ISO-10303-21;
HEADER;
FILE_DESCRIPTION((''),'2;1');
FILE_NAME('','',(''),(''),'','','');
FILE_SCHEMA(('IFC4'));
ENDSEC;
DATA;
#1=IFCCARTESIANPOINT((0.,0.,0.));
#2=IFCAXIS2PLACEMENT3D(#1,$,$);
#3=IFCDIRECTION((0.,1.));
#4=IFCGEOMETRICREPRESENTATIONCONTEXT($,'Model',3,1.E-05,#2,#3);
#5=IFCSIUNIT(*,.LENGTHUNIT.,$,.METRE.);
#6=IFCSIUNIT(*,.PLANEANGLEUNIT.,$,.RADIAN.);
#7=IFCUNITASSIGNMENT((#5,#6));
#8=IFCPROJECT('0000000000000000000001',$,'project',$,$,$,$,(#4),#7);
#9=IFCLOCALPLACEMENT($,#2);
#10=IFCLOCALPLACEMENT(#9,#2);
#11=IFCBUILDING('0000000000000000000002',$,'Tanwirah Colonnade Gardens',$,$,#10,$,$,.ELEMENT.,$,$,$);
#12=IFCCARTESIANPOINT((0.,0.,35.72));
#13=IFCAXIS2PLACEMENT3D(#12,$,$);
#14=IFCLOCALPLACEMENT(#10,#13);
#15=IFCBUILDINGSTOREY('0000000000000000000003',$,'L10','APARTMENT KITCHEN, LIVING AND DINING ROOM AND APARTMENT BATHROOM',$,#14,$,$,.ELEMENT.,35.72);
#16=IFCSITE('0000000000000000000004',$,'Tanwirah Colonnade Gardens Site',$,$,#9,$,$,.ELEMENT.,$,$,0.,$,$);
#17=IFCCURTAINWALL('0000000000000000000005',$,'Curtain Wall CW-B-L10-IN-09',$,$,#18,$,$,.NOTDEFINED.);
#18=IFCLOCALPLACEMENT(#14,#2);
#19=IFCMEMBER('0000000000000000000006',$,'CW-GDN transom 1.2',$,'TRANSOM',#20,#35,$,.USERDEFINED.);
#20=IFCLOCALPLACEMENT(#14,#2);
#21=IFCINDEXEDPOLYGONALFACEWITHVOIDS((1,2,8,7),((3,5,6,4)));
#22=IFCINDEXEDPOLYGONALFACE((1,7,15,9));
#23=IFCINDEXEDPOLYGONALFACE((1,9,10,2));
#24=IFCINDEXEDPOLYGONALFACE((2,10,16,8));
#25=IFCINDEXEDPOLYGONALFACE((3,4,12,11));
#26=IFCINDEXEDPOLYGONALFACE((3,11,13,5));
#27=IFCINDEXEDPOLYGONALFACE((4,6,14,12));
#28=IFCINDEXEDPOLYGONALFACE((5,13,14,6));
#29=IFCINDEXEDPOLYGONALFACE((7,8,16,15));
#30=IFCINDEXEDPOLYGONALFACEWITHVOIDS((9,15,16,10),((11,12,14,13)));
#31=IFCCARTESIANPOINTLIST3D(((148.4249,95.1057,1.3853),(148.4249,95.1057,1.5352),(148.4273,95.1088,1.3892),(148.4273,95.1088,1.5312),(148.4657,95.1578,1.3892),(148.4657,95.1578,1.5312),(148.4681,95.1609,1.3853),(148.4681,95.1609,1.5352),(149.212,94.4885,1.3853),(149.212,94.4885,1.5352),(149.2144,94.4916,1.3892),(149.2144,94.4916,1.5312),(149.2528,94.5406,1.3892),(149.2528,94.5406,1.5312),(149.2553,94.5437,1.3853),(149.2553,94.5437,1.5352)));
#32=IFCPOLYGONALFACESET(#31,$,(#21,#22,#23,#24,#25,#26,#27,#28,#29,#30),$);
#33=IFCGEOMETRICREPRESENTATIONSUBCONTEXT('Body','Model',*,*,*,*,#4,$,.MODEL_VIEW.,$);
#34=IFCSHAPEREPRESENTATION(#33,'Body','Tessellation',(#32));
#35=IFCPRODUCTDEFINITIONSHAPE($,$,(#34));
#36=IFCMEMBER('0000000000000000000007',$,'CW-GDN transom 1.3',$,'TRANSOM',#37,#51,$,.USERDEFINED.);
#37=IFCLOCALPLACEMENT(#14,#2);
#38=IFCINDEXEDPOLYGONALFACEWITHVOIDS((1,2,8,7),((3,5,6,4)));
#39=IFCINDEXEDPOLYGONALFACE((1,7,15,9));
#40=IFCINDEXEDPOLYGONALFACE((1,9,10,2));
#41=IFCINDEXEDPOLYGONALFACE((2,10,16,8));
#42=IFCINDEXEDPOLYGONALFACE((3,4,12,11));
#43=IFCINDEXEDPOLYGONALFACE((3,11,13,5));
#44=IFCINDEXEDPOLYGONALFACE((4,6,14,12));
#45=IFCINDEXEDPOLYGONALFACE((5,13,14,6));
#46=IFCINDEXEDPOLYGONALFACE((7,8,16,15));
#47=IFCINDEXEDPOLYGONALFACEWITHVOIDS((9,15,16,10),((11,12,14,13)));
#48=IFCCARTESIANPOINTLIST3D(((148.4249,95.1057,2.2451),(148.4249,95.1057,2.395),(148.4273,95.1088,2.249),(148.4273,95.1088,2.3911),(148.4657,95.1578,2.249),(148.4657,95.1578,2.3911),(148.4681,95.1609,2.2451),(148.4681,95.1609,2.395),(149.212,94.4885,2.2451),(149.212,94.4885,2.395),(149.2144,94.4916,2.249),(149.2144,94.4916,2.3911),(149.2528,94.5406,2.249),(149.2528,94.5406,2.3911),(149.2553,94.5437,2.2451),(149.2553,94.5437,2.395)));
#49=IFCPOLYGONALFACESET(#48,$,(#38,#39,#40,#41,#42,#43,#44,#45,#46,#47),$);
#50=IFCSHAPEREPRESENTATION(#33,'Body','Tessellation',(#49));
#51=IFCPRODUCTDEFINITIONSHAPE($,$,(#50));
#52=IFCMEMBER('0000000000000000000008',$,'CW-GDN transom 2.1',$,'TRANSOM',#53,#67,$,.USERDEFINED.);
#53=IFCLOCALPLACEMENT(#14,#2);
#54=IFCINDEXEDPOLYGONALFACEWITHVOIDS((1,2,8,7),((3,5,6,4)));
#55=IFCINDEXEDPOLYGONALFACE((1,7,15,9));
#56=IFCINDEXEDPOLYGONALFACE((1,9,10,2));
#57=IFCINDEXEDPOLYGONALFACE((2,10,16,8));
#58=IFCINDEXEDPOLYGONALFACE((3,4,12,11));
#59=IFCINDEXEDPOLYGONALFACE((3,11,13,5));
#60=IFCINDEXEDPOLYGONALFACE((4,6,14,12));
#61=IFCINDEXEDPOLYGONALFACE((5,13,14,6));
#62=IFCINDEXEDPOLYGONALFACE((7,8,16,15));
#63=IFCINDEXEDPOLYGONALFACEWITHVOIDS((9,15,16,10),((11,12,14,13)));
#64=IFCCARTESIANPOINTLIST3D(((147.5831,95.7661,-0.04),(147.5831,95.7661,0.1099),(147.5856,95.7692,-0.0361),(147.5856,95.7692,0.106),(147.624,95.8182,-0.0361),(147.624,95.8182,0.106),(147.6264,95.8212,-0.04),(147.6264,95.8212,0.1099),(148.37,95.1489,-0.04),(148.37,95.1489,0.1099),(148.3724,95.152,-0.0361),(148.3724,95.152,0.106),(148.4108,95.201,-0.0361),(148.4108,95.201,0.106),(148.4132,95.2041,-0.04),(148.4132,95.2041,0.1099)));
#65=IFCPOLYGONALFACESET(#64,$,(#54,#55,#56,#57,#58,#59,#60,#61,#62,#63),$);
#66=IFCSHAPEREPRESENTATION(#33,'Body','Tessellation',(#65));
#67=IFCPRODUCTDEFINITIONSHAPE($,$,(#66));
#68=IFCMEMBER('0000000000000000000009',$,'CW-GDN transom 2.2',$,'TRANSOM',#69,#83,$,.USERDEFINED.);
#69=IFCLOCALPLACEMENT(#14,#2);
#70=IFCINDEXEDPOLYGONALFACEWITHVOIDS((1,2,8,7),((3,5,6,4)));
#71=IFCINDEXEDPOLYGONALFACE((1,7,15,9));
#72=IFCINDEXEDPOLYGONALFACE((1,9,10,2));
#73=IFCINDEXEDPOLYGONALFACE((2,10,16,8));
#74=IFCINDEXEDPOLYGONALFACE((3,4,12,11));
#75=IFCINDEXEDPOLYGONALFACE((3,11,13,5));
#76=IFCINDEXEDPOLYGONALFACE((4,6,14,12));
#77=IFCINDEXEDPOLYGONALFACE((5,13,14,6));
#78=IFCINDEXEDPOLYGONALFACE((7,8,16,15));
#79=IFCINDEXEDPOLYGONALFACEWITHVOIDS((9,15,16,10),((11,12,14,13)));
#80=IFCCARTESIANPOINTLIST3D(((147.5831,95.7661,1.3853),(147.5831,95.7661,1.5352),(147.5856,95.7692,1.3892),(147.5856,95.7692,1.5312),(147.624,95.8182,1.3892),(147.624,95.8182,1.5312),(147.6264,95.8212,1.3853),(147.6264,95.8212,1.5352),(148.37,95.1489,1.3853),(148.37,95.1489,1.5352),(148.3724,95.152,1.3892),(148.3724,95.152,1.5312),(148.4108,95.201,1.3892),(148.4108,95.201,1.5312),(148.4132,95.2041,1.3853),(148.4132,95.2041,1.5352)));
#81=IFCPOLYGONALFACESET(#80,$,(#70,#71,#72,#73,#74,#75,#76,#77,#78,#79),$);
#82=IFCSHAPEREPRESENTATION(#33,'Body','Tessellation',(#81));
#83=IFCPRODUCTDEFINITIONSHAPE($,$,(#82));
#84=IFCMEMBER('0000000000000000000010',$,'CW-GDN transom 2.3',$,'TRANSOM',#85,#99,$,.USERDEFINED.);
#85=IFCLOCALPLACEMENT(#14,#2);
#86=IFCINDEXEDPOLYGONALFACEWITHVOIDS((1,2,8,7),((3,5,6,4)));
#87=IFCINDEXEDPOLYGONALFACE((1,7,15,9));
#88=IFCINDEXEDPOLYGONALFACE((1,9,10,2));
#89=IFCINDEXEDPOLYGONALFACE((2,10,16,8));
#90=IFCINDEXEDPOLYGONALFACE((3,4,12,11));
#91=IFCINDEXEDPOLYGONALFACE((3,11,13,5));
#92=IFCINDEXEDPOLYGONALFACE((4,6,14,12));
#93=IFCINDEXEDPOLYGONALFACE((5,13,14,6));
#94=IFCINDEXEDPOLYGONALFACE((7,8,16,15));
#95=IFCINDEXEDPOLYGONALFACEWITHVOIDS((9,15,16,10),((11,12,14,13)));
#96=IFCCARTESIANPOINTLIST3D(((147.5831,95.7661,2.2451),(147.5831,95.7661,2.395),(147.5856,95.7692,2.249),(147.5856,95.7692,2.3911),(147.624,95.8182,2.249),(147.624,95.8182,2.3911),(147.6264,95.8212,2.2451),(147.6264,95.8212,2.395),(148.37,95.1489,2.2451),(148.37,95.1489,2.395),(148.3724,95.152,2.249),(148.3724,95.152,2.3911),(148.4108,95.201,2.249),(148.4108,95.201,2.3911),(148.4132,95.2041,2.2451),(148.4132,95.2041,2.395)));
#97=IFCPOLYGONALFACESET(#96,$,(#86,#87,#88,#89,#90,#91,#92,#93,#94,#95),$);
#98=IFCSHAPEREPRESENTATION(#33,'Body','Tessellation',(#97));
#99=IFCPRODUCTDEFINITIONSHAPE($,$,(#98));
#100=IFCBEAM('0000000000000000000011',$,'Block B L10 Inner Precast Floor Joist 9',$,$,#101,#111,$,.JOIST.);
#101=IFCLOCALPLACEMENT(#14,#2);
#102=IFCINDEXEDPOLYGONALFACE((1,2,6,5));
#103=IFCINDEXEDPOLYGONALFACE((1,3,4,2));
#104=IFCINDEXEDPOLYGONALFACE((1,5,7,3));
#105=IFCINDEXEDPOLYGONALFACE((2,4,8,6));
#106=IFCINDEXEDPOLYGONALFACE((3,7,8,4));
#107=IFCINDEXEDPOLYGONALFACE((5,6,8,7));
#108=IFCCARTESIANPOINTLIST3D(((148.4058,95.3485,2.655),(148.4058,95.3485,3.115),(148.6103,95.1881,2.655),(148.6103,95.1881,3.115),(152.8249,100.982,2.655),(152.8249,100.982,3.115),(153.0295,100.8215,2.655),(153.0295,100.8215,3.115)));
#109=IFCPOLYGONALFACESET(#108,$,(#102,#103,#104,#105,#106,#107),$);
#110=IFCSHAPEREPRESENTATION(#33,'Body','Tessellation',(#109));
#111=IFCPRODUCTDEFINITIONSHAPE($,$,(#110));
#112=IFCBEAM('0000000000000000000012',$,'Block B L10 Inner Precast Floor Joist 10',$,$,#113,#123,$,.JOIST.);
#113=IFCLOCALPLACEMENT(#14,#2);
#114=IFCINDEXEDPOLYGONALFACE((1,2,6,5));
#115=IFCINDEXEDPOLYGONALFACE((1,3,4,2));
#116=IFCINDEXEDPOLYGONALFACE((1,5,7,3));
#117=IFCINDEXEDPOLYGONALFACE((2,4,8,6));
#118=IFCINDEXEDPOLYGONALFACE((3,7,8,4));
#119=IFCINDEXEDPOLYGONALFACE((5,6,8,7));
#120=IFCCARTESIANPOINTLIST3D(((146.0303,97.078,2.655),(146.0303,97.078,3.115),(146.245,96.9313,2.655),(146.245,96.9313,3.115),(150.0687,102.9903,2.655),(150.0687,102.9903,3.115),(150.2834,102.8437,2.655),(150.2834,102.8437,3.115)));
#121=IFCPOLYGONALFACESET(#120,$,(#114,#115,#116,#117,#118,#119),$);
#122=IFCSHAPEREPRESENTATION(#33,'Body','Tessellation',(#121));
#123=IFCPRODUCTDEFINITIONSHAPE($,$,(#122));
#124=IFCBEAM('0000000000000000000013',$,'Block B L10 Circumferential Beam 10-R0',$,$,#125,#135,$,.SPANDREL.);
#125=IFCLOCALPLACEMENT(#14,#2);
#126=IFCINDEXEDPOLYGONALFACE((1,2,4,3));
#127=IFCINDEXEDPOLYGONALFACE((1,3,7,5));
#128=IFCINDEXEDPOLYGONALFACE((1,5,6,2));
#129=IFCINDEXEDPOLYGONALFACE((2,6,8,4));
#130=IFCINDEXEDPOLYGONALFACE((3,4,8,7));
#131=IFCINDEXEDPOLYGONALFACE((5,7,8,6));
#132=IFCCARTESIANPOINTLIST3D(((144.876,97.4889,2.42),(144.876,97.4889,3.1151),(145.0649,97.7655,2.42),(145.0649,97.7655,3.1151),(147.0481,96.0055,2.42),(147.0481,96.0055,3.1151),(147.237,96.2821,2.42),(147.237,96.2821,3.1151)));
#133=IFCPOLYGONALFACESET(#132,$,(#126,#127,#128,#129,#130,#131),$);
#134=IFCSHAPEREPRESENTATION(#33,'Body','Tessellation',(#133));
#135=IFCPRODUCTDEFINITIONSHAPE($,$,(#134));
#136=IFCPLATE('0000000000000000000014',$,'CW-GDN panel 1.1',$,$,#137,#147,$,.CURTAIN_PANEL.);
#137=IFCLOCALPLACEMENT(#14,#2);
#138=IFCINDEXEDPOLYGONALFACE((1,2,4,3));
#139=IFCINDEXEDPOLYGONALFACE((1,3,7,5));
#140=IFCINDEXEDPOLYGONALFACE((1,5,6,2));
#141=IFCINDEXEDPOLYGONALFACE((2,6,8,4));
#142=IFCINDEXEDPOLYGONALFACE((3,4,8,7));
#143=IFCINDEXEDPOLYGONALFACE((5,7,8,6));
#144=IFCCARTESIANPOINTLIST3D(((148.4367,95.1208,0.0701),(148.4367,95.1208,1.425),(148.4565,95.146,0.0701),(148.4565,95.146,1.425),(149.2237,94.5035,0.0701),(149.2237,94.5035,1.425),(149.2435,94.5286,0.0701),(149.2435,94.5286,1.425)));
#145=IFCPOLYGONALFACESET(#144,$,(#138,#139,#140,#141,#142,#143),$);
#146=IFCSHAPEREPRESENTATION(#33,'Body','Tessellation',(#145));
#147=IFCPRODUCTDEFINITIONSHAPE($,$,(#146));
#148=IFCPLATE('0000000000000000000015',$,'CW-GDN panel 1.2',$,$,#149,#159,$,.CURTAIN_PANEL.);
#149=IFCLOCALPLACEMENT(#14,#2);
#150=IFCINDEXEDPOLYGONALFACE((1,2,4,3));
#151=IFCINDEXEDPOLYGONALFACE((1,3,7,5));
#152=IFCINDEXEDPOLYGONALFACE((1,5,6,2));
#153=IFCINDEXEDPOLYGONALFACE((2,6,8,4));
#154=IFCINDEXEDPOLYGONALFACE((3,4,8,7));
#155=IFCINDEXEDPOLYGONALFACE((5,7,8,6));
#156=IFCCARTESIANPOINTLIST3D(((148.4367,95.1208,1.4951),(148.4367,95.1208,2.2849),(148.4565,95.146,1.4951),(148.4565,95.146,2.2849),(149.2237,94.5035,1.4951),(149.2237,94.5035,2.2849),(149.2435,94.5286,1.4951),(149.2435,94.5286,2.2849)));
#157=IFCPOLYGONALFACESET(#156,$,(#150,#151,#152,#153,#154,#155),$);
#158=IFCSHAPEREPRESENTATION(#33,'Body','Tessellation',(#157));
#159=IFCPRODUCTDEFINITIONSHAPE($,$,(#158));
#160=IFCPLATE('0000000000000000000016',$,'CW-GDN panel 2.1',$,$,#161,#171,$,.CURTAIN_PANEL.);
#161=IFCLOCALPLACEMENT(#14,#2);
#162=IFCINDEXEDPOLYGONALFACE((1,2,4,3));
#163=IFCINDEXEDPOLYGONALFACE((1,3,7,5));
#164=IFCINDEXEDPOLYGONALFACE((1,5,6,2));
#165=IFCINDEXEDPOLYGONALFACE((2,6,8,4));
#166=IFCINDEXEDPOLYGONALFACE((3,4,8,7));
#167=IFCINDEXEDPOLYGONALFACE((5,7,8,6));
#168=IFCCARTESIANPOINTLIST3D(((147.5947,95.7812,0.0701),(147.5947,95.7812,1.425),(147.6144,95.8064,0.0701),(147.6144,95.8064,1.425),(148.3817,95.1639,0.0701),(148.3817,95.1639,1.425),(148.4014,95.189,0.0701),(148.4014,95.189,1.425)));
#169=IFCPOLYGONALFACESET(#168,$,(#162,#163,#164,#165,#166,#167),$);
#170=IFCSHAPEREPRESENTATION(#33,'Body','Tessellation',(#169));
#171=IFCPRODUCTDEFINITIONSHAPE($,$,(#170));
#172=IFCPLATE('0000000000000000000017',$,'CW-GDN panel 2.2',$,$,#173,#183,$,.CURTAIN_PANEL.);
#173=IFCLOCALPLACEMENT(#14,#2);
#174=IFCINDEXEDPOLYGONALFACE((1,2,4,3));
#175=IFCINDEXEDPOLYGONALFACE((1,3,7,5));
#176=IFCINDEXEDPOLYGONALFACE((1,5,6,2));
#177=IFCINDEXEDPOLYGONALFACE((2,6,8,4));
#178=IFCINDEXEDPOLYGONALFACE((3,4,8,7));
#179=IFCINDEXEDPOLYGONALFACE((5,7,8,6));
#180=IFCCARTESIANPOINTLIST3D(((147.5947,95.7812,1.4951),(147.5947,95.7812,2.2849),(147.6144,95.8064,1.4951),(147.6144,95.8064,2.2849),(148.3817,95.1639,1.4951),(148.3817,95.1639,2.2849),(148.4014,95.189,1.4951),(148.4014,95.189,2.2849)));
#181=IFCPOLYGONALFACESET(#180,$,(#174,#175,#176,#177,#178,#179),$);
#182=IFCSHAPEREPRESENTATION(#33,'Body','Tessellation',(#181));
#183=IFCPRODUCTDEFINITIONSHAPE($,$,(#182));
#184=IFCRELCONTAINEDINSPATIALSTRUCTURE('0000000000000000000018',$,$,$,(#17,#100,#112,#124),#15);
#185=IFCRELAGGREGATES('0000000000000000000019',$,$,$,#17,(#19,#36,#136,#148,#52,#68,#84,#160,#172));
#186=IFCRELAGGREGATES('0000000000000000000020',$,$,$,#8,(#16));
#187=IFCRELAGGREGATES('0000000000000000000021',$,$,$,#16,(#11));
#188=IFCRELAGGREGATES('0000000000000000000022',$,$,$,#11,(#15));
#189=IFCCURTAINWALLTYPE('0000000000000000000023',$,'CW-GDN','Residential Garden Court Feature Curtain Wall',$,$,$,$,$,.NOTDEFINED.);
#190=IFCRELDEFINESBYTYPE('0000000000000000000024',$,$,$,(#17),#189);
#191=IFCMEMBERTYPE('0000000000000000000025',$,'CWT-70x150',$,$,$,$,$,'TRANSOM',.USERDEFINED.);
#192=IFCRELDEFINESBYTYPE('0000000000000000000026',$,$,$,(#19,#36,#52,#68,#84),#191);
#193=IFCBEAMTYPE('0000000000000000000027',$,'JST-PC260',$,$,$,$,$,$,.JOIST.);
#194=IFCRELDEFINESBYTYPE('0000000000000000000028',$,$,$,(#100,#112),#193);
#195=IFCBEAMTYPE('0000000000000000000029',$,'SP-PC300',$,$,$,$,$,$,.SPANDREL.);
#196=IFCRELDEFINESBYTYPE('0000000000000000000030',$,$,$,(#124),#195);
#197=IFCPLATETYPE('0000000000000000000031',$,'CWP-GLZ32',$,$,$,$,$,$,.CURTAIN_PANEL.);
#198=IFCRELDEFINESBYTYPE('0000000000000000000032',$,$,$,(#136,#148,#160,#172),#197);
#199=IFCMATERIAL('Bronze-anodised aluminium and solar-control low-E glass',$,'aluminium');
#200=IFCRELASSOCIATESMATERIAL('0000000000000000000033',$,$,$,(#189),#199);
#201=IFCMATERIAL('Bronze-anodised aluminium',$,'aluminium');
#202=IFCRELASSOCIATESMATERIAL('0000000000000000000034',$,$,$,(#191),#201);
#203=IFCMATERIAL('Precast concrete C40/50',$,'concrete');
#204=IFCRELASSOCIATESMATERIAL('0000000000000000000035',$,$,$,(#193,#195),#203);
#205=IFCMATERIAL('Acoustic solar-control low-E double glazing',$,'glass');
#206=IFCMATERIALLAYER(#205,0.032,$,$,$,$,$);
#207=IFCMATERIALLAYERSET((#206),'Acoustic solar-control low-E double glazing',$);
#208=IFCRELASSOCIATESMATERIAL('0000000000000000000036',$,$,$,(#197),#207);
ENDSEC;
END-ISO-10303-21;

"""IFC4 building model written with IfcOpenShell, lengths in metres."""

from ifc_helpers import new_model, si_unit, direction, frame, origin, origin_2d, place, context, subcontext, project, spatial, rectangle, hollow_rectangle, extrude, material, layer, layer_set, material_profile, profile_set, type_object, element, aggregate, save


model = new_model("IFC4")

# Units and contexts
model_context = context("Model", 3, precision=1e-05, world=origin(), true_north=direction((0.0, 1.0)))
body_context = subcontext(model_context, "Body", "Model", "MODEL_VIEW")
ifc_project = project(units=[si_unit("LENGTHUNIT", "METRE"), si_unit("PLANEANGLEUNIT", "RADIAN")], contexts=[model_context])

# Site, building, storey
site_placement = place(None, origin())
site = spatial("IfcSite", under=ifc_project, at=site_placement, Name="Tanwirah Colonnade Gardens Site", CompositionType="ELEMENT", RefElevation=0.0)
building_placement = place(site_placement, origin())
building = spatial("IfcBuilding", under=site, at=building_placement, Name="Tanwirah Colonnade Gardens", CompositionType="ELEMENT")
storey_placement = place(building_placement, frame((0.0, 0.0, 35.72)))
storey = spatial("IfcBuildingStorey", under=building, at=storey_placement, Name="L10", Description="APARTMENT KITCHEN, LIVING AND DINING ROOM AND APARTMENT BATHROOM", CompositionType="ELEMENT", Elevation=35.72)

# Shared definitions
ifc_material_1 = material(Name="Precast concrete C40/50", Category="concrete")

# Curtain wall, members
ifc_material_2 = material(Name="Bronze-anodised aluminium and solar-control low-E glass", Category="aluminium")
curtain_wall_type = type_object("IfcCurtainWallType", Name="CW-GDN", Description="Residential Garden Court Feature Curtain Wall", PredefinedType="NOTDEFINED", material=ifc_material_2)
curtain_wall_placement = place(storey_placement, origin())
curtain_wall = element("IfcCurtainWall", 1, at=curtain_wall_placement, inside=storey, type_object=curtain_wall_type, Name="Curtain Wall CW-B-L10-IN-09", PredefinedType="NOTDEFINED")
ifc_material_3 = material(Name="Bronze-anodised aluminium", Category="aluminium")
ifc_material_profile_1 = material_profile(ifc_material_3, hollow_rectangle(XDim=0.0701, YDim=0.1499, WallThickness=0.0039, at=origin_2d()), Name="CW-TRN 70x150x4")
ifc_profile_set_1 = profile_set([ifc_material_profile_1], Name="Bronze-anodised aluminium")
member_type_1 = type_object("IfcMemberType", Name="CWT-70x150", ElementType="TRANSOM", PredefinedType="USERDEFINED", material=ifc_profile_set_1)
member_1_placement = place(storey_placement, frame((149.2336, 94.5161, 1.4602), z_axis=(-0.786928, 0.617045, 0.0), x_axis=(-0.617045, -0.786928, 0.0)))
member_1 = element("IfcMember", 2, at=member_1_placement, type_object=member_type_1, Name="CW-GDN transom 1.2", ObjectType="TRANSOM", PredefinedType="USERDEFINED", context=body_context, shape_type="SweptSolid", body=[
    extrude(hollow_rectangle(XDim=0.0701, YDim=0.1499, WallThickness=0.0039, at=origin_2d()), origin(), (0.0, 0.0, 1.0), 1.0002),
])
member_2_placement = place(storey_placement, frame((149.2336, 94.5161, 2.3201), z_axis=(-0.786928, 0.617045, 0.0), x_axis=(-0.617045, -0.786928, 0.0)))
member_2 = element("IfcMember", 3, at=member_2_placement, type_object=member_type_1, Name="CW-GDN transom 1.3", ObjectType="TRANSOM", PredefinedType="USERDEFINED", context=body_context, shape_type="SweptSolid", body=[
    extrude(hollow_rectangle(XDim=0.0701, YDim=0.1499, WallThickness=0.0039, at=origin_2d()), origin(), (0.0, 0.0, 1.0), 1.0002),
])
member_3_placement = place(storey_placement, frame((148.3916, 95.1765, 0.0349), z_axis=(-0.786835, 0.617164, 0.0), x_axis=(-0.617164, -0.786835, 0.0)))
member_3 = element("IfcMember", 4, at=member_3_placement, type_object=member_type_1, Name="CW-GDN transom 2.1", ObjectType="TRANSOM", PredefinedType="USERDEFINED", context=body_context, shape_type="SweptSolid", body=[
    extrude(hollow_rectangle(XDim=0.0701, YDim=0.1499, WallThickness=0.0039, at=origin_2d()), origin(), (0.0, 0.0, 1.0), 1.0),
])
member_4_placement = place(storey_placement, frame((148.3916, 95.1765, 1.4602), z_axis=(-0.786835, 0.617164, 0.0), x_axis=(-0.617164, -0.786835, 0.0)))
member_4 = element("IfcMember", 5, at=member_4_placement, type_object=member_type_1, Name="CW-GDN transom 2.2", ObjectType="TRANSOM", PredefinedType="USERDEFINED", context=body_context, shape_type="SweptSolid", body=[
    extrude(hollow_rectangle(XDim=0.0701, YDim=0.1499, WallThickness=0.0039, at=origin_2d()), origin(), (0.0, 0.0, 1.0), 1.0),
])
member_5_placement = place(storey_placement, frame((148.3916, 95.1765, 2.3201), z_axis=(-0.786835, 0.617164, 0.0), x_axis=(-0.617164, -0.786835, 0.0)))
member_5 = element("IfcMember", 6, at=member_5_placement, type_object=member_type_1, Name="CW-GDN transom 2.3", ObjectType="TRANSOM", PredefinedType="USERDEFINED", context=body_context, shape_type="SweptSolid", body=[
    extrude(hollow_rectangle(XDim=0.0701, YDim=0.1499, WallThickness=0.0039, at=origin_2d()), origin(), (0.0, 0.0, 1.0), 1.0),
])

# Beams
ifc_material_profile_2 = material_profile(ifc_material_1, rectangle(XDim=0.26, YDim=0.46, at=origin_2d()), Name="PC-JST 260x460")
ifc_profile_set_2 = profile_set([ifc_material_profile_2], Name="Precast concrete C40/50")
beam_type_1 = type_object("IfcBeamType", Name="JST-PC260", PredefinedType="JOIST", material=ifc_profile_set_2)
for number, where, z_axis, x_axis, name in (
    (7, (148.5081, 95.2683, 2.885), (0.617202, 0.786804, 0.0), (-0.786804, 0.617202, 0.0), "Block B L10 Inner Precast Floor Joist 9"),
    (8, (146.1377, 97.0046, 2.885), (0.564021, 0.82576, 0.0), (-0.82576, 0.564021, 0.0), "Block B L10 Inner Precast Floor Joist 10"),
):
    element("IfcBeam", number, at=place(storey_placement, frame(where, z_axis=z_axis, x_axis=x_axis)), inside=storey, type_object=beam_type_1, Name=name, PredefinedType="JOIST", context=body_context, shape_type="SweptSolid", body=[
        extrude(rectangle(XDim=0.26, YDim=0.46, at=origin_2d()), origin(), (0.0, 0.0, 1.0), 7.1599),
    ])
ifc_material_profile_3 = material_profile(ifc_material_1, rectangle(XDim=0.335, YDim=0.6951, at=origin_2d()), Name="PC-SP 335x695")
ifc_profile_set_3 = profile_set([ifc_material_profile_3], Name="Precast concrete C40/50")
beam_type_2 = type_object("IfcBeamType", Name="SP-PC300", PredefinedType="SPANDREL", material=ifc_profile_set_3)
beam_1_placement = place(storey_placement, frame((147.1426, 96.1438, 2.7676), z_axis=(-0.825801, 0.563962, 0.0), x_axis=(-0.563962, -0.825801, 0.0)))
element("IfcBeam", 9, at=beam_1_placement, inside=storey, type_object=beam_type_2, Name="Block B L10 Circumferential Beam 10-R0", PredefinedType="SPANDREL", context=body_context, shape_type="SweptSolid", body=[
    extrude(rectangle(XDim=0.335, YDim=0.6951, at=origin_2d()), origin(), (0.0, 0.0, 1.0), 2.6304),
])

# Plates
ifc_material_4 = material(Name="Acoustic solar-control low-E double glazing", Category="glass")
ifc_layer_1 = layer(ifc_material_4, 0.032)
ifc_layer_set_1 = layer_set([ifc_layer_1], Name="Acoustic solar-control low-E double glazing")
plate_type = type_object("IfcPlateType", Name="CWP-GLZ32", PredefinedType="CURTAIN_PANEL", material=ifc_layer_set_1)
plate_1_placement = place(storey_placement, frame((148.8401, 94.8247, 0.0701), z_axis=(0.0, 0.0, 1.0), x_axis=(-0.786815, 0.617189, 0.0)))
plate_1 = element("IfcPlate", 10, at=plate_1_placement, type_object=plate_type, Name="CW-GDN panel 1.1", PredefinedType="CURTAIN_PANEL", context=body_context, shape_type="SweptSolid", body=[
    extrude(rectangle(XDim=1.0002, YDim=0.032, at=origin_2d()), origin(), (0.0, 0.0, 1.0), 1.355),
])
plate_2_placement = place(storey_placement, frame((148.8401, 94.8247, 1.4951), z_axis=(0.0, 0.0, 1.0), x_axis=(-0.786815, 0.617189, 0.0)))
plate_2 = element("IfcPlate", 11, at=plate_2_placement, type_object=plate_type, Name="CW-GDN panel 1.2", PredefinedType="CURTAIN_PANEL", context=body_context, shape_type="SweptSolid", body=[
    extrude(rectangle(XDim=1.0002, YDim=0.032, at=origin_2d()), origin(), (0.0, 0.0, 1.0), 0.7898),
])
plate_3_placement = place(storey_placement, frame((147.998, 95.4851, 0.0701), z_axis=(0.0, 0.0, 1.0), x_axis=(-0.786815, 0.617189, 0.0)))
plate_3 = element("IfcPlate", 12, at=plate_3_placement, type_object=plate_type, Name="CW-GDN panel 2.1", PredefinedType="CURTAIN_PANEL", context=body_context, shape_type="SweptSolid", body=[
    extrude(rectangle(XDim=1.0002, YDim=0.032, at=origin_2d()), origin(), (0.0, 0.0, 1.0), 1.355),
])
plate_4_placement = place(storey_placement, frame((147.998, 95.4851, 1.4951), z_axis=(0.0, 0.0, 1.0), x_axis=(-0.786815, 0.617189, 0.0)))
plate_4 = element("IfcPlate", 13, at=plate_4_placement, type_object=plate_type, Name="CW-GDN panel 2.2", PredefinedType="CURTAIN_PANEL", context=body_context, shape_type="SweptSolid", body=[
    extrude(rectangle(XDim=1.0002, YDim=0.032, at=origin_2d()), origin(), (0.0, 0.0, 1.0), 0.7898),
])
aggregate(curtain_wall, [member_1, member_2, plate_1, plate_2, member_3, member_4, member_5, plate_3, plate_4])

save(model, "model.ifc")
